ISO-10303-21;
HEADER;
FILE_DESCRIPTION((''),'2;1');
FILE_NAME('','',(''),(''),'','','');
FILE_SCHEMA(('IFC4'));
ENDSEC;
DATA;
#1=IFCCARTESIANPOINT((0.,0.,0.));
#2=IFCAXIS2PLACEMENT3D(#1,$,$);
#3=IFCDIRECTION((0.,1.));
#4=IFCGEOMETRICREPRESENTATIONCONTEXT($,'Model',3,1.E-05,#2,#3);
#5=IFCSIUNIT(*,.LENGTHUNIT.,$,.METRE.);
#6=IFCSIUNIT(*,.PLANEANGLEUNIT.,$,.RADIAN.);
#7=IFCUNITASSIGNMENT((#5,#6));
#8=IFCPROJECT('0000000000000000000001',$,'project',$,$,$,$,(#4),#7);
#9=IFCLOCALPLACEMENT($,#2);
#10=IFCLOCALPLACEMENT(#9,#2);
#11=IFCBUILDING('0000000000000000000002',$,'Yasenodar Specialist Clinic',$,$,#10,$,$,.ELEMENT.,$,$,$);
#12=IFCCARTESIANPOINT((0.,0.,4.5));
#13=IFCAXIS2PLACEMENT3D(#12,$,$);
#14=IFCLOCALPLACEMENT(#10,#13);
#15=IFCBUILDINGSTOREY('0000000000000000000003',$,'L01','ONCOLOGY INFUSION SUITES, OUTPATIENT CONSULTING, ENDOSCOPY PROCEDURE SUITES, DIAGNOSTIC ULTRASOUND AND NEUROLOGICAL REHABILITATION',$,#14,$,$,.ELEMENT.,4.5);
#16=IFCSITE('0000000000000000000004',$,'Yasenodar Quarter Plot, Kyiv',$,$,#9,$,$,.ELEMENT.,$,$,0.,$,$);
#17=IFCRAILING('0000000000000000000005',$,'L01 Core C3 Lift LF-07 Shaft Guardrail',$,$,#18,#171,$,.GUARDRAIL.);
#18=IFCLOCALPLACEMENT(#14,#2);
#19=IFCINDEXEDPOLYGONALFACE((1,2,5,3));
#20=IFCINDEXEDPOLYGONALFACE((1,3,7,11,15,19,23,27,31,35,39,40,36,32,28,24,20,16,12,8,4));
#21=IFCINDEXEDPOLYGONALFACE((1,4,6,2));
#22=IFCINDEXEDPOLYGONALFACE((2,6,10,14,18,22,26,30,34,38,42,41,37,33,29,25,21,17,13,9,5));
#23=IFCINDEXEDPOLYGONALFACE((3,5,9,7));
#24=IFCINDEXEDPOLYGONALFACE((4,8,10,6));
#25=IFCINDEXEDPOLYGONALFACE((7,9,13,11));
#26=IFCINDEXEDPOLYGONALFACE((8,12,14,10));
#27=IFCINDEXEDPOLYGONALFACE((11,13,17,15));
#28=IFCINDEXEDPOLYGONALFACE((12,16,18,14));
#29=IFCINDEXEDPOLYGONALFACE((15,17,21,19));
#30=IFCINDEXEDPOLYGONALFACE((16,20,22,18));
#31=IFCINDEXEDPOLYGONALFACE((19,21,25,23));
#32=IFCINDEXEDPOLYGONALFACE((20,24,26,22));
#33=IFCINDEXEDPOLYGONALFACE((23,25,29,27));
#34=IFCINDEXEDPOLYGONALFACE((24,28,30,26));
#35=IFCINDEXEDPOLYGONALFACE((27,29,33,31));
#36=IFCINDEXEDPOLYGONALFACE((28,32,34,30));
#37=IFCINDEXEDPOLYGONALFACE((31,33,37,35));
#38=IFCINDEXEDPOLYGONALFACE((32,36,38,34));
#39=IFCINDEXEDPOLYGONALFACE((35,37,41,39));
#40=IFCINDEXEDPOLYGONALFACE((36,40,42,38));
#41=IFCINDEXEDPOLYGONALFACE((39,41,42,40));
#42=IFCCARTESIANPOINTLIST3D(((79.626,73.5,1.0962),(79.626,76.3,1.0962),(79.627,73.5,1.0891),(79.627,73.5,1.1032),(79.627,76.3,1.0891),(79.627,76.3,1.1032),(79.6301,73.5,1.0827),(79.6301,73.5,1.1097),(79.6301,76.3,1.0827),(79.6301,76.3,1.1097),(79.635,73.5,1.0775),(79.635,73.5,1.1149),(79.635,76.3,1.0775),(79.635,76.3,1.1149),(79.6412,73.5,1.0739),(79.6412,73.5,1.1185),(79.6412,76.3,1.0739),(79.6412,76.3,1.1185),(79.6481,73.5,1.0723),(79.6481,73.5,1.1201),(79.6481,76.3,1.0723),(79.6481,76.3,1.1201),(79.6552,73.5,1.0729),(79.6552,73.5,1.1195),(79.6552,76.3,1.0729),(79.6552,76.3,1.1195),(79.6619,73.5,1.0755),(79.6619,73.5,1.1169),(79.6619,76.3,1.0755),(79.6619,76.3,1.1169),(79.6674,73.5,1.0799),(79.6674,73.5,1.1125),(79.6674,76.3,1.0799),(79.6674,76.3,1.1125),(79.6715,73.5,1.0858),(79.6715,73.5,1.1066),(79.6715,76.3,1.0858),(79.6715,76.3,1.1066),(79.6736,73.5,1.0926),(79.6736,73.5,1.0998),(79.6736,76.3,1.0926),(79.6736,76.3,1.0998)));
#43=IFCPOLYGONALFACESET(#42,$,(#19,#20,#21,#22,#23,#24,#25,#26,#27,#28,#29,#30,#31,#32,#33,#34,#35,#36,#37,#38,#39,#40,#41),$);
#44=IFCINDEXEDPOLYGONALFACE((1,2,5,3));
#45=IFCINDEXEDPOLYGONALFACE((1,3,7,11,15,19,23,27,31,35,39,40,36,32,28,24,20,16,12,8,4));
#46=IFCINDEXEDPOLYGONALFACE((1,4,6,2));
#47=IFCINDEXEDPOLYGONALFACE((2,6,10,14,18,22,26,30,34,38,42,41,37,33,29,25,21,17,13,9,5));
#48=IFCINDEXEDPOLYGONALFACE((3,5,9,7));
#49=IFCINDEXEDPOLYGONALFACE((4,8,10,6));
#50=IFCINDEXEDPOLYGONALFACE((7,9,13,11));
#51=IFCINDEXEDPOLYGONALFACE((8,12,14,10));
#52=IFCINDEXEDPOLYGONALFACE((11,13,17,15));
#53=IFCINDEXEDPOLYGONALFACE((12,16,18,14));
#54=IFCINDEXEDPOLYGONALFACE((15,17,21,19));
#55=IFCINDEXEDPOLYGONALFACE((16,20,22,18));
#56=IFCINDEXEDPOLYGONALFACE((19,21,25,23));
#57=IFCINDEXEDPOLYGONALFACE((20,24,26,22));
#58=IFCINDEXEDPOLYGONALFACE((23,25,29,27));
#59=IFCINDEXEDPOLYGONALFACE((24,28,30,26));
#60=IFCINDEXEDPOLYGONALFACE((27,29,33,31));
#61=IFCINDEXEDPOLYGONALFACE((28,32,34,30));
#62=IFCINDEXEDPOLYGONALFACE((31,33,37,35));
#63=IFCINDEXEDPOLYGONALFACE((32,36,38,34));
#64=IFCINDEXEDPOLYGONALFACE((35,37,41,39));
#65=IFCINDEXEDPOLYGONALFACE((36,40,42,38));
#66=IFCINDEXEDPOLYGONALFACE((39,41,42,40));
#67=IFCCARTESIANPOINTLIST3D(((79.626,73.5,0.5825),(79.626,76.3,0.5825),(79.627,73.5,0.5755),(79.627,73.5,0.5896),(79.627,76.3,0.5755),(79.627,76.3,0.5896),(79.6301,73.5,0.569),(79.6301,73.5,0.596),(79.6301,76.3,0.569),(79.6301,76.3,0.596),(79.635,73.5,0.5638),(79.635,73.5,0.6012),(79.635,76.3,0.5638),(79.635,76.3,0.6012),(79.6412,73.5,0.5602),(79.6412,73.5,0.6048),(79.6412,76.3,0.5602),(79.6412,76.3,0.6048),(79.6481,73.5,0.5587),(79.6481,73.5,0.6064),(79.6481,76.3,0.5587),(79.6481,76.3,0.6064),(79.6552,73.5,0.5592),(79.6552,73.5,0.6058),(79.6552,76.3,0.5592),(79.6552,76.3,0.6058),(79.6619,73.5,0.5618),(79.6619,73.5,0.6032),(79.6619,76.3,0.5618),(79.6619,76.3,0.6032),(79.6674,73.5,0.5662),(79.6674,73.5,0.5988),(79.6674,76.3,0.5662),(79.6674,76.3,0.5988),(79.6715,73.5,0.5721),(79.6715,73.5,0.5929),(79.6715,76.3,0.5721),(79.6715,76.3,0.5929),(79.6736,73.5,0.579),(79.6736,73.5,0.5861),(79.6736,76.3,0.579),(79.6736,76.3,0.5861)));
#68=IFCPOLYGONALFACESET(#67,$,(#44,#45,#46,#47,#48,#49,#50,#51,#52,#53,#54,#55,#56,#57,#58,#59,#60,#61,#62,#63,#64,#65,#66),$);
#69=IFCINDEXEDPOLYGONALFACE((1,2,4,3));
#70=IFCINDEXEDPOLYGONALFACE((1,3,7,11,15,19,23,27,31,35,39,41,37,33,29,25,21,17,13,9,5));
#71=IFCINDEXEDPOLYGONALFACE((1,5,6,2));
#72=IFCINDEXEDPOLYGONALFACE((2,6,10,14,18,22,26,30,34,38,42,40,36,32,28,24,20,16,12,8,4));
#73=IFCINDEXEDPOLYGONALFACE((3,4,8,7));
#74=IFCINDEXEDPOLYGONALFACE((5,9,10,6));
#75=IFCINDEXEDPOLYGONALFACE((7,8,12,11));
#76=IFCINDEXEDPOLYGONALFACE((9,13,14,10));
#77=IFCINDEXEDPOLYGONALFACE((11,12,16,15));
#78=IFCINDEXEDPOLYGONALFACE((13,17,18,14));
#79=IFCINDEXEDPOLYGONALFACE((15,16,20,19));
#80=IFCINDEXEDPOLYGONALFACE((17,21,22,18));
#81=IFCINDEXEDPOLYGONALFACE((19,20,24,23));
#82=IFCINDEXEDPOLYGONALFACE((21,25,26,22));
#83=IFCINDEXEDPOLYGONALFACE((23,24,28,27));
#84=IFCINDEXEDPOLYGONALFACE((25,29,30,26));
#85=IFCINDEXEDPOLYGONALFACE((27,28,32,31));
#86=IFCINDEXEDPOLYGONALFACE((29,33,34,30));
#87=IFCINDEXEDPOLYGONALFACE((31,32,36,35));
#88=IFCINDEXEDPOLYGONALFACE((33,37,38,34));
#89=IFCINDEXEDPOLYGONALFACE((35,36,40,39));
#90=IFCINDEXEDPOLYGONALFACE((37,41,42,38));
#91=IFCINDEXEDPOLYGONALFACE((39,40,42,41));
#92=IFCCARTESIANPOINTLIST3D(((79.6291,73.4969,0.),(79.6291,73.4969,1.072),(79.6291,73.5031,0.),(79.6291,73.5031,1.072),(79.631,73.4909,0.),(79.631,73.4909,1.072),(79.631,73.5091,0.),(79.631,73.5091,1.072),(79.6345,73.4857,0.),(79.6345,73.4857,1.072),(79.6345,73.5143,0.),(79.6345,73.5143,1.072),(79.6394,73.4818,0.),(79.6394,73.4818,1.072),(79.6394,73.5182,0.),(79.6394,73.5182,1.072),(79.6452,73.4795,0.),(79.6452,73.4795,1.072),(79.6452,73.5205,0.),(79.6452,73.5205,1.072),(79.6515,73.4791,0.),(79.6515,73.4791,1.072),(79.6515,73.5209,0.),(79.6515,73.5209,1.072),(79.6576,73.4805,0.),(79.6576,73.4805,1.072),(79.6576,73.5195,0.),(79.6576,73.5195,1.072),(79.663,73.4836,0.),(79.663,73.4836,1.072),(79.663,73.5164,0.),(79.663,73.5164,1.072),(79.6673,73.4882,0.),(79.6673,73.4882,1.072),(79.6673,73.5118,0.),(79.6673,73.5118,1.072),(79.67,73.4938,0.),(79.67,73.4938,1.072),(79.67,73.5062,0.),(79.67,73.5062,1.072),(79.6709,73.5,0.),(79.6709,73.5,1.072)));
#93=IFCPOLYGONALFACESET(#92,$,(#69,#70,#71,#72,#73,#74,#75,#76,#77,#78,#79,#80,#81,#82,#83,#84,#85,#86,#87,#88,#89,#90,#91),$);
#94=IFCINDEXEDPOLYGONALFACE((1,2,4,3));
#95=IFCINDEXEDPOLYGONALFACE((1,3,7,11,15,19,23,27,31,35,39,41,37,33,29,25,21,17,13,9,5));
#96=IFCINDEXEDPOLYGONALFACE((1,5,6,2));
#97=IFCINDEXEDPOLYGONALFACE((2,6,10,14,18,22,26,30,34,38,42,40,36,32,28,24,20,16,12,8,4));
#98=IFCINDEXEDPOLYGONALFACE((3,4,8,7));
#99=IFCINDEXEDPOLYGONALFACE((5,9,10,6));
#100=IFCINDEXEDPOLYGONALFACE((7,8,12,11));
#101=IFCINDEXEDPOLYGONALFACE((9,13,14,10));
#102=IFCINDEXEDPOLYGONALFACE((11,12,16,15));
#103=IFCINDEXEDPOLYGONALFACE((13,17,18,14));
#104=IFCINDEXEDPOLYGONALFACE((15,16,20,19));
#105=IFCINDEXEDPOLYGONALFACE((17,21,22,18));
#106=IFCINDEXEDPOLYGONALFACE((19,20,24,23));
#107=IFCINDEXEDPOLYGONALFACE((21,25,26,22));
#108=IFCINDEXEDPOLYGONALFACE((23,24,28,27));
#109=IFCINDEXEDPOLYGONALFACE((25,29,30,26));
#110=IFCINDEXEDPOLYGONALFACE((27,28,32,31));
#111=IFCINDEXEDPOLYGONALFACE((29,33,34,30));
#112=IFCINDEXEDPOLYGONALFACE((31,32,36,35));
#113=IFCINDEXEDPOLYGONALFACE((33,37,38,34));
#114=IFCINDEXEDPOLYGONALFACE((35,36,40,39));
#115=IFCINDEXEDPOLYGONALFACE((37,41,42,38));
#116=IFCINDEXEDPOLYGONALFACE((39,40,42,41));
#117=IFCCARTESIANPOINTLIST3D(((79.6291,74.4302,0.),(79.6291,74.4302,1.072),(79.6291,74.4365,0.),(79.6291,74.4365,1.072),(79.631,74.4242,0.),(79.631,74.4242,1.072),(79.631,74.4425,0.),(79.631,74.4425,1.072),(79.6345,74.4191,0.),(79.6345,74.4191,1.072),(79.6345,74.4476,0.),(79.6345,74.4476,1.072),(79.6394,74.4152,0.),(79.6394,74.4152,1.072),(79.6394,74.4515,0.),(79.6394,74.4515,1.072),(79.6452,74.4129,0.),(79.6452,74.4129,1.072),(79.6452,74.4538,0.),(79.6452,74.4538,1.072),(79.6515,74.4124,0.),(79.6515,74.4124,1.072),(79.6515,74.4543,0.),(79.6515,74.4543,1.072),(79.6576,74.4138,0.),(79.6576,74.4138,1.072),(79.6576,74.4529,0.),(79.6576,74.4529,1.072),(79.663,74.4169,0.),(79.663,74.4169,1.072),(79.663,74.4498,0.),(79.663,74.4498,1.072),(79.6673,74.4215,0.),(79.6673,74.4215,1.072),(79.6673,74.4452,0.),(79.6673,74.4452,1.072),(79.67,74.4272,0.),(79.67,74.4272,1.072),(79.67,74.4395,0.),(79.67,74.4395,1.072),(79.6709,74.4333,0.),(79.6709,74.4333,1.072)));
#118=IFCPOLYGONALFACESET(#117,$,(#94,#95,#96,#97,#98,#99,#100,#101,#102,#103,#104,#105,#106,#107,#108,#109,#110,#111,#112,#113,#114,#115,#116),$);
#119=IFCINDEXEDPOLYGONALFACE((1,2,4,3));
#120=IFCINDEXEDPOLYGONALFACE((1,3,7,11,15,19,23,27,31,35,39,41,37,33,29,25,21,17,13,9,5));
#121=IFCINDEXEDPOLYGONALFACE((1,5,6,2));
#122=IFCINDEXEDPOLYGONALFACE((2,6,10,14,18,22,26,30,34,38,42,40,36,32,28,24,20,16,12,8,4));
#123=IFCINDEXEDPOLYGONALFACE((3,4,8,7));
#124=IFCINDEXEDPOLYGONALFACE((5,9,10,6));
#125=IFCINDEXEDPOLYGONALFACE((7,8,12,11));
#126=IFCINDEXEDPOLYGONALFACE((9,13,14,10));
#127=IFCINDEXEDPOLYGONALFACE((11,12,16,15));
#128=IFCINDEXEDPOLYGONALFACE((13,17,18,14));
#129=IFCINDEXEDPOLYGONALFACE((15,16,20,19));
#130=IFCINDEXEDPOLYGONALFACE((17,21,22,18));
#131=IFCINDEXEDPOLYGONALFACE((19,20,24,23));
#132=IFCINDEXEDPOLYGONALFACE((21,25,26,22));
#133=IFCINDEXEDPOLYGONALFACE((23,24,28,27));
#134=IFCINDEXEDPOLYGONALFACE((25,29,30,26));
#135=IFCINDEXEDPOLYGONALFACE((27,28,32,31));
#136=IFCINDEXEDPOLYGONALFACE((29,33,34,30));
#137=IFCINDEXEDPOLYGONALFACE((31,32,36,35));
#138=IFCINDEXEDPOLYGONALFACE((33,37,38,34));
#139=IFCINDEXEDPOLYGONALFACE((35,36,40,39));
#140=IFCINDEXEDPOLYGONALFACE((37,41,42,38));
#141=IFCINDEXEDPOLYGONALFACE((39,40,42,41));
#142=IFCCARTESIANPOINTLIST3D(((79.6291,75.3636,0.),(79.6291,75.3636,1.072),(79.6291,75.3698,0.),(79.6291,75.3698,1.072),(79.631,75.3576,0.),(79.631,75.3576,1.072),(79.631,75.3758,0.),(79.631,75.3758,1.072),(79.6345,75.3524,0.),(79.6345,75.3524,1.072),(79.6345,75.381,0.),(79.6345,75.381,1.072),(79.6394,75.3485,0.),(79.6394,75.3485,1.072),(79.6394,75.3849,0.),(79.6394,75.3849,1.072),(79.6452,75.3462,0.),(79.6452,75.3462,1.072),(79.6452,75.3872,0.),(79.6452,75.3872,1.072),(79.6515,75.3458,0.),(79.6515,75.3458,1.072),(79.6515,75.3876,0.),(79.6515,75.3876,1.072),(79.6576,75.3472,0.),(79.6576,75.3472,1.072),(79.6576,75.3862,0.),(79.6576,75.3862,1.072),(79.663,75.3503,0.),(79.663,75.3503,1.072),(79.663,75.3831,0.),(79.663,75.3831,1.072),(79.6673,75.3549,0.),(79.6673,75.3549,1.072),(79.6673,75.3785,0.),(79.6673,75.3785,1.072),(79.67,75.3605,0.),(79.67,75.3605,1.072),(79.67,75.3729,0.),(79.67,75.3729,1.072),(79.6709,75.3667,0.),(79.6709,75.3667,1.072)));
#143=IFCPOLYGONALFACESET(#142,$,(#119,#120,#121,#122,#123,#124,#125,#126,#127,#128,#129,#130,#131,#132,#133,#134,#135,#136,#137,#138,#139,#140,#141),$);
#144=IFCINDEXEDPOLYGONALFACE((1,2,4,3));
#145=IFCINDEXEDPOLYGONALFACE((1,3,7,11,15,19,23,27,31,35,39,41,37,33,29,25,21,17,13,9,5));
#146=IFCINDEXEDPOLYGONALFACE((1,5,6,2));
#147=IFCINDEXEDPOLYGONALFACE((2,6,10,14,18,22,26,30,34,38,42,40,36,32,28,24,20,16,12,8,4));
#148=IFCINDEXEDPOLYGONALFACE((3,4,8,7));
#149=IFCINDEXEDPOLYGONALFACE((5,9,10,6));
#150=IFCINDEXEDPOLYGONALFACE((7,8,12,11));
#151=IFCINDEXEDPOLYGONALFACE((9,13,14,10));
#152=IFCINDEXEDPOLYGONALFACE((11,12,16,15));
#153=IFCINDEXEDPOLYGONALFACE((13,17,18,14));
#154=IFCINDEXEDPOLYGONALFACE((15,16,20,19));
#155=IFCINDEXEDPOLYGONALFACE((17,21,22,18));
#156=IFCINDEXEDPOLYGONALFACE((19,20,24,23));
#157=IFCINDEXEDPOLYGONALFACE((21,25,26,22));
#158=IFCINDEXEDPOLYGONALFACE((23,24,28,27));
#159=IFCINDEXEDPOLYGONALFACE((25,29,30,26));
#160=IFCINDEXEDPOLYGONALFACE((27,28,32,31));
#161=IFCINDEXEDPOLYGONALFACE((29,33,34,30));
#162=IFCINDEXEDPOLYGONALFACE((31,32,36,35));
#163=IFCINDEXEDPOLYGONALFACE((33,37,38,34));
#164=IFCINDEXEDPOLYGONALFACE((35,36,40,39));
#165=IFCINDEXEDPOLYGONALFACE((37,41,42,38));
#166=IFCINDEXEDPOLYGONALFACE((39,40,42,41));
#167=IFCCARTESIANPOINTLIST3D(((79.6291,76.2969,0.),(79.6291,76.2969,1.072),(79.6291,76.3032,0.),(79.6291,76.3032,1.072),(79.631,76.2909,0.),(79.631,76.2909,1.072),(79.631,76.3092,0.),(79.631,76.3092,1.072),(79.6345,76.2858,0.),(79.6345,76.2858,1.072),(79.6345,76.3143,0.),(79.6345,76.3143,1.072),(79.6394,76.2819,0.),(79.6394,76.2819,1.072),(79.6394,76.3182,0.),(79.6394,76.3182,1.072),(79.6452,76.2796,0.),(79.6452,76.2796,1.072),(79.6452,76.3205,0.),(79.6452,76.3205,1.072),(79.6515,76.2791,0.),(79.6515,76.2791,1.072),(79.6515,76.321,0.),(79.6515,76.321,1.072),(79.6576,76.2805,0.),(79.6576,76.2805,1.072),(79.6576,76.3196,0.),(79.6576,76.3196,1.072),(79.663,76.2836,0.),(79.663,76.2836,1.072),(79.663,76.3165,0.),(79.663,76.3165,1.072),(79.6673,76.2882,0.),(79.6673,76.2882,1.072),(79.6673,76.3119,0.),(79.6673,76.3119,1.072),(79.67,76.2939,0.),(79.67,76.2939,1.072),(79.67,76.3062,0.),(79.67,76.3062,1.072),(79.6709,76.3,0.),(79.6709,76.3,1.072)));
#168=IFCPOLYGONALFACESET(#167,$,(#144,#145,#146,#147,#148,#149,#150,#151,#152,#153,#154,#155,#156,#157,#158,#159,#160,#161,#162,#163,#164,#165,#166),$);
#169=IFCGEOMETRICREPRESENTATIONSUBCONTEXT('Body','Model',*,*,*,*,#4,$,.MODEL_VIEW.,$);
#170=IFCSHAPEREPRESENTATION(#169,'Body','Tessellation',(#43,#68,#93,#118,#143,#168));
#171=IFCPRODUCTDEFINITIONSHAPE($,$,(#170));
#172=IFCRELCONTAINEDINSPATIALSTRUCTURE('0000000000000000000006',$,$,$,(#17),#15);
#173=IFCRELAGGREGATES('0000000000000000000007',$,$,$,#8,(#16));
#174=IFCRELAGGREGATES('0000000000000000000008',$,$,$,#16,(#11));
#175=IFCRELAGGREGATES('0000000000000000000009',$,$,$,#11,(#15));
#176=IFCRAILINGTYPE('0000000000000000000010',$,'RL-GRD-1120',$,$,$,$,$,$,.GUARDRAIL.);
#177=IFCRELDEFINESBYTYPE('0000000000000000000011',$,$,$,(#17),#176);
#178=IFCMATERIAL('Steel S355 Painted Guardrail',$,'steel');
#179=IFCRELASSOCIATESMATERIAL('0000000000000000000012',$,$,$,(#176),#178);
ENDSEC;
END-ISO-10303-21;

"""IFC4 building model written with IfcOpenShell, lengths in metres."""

from ifc_helpers import new_model, si_unit, direction, frame, origin, origin_2d, place, context, subcontext, project, spatial, circle, extrude, material, type_object, element, save


model = new_model("IFC4")

# Units and contexts
model_context = context("Model", 3, precision=1e-05, world=origin(), true_north=direction((0.0, 1.0)))
body_context = subcontext(model_context, "Body", "Model", "MODEL_VIEW")
ifc_project = project(units=[si_unit("LENGTHUNIT", "METRE"), si_unit("PLANEANGLEUNIT", "RADIAN")], contexts=[model_context])

# Site, building, storey
site_placement = place(None, origin())
site = spatial("IfcSite", under=ifc_project, at=site_placement, Name="Yasenodar Quarter Plot, Kyiv", CompositionType="ELEMENT", RefElevation=0.0)
building_placement = place(site_placement, origin())
building = spatial("IfcBuilding", under=site, at=building_placement, Name="Yasenodar Specialist Clinic", CompositionType="ELEMENT")
storey_placement = place(building_placement, frame((0.0, 0.0, 4.5)))
storey = spatial("IfcBuildingStorey", under=building, at=storey_placement, Name="L01", Description="ONCOLOGY INFUSION SUITES, OUTPATIENT CONSULTING, ENDOSCOPY PROCEDURE SUITES, DIAGNOSTIC ULTRASOUND AND NEUROLOGICAL REHABILITATION", CompositionType="ELEMENT", Elevation=4.5)

# Railing
ifc_material_1 = material(Name="Steel S355 Painted Guardrail", Category="steel")
railing_type_1 = type_object("IfcRailingType", Name="RL-GRD-1120", PredefinedType="GUARDRAIL", material=ifc_material_1)
railing_1_placement = place(storey_placement, frame((79.6499, 73.5, 0.0)))
element("IfcRailing", 1, at=railing_1_placement, inside=storey, type_object=railing_type_1, Name="L01 Core C3 Lift LF-07 Shaft Guardrail", PredefinedType="GUARDRAIL", context=body_context, shape_type="SweptSolid", body=[
    extrude(circle(Radius=0.0239, at=origin_2d()), frame((0.0, 0.0, 1.0962), z_axis=(0.0, 1.0, 0.0), x_axis=(-1.0, 0.0, 0.0)), (0.0, 0.0, 1.0), 2.8),
    extrude(circle(Radius=0.0239, at=origin_2d()), frame((0.0, 0.0, 0.5825), z_axis=(0.0, 1.0, 0.0), x_axis=(-1.0, 0.0, 0.0)), (0.0, 0.0, 1.0), 2.8),
    extrude(circle(Radius=0.021, at=origin_2d()), origin(), (0.0, 0.0, 1.0), 1.072),
    extrude(circle(Radius=0.021, at=origin_2d()), frame((0.0, 0.9333, 0.0)), (0.0, 0.0, 1.0), 1.072),
    extrude(circle(Radius=0.021, at=origin_2d()), frame((0.0, 1.8667, 0.0)), (0.0, 0.0, 1.0), 1.072),
    extrude(circle(Radius=0.021, at=origin_2d()), frame((0.0, 2.8, 0.0)), (0.0, 0.0, 1.0), 1.072),
])

save(model, "model.ifc")
